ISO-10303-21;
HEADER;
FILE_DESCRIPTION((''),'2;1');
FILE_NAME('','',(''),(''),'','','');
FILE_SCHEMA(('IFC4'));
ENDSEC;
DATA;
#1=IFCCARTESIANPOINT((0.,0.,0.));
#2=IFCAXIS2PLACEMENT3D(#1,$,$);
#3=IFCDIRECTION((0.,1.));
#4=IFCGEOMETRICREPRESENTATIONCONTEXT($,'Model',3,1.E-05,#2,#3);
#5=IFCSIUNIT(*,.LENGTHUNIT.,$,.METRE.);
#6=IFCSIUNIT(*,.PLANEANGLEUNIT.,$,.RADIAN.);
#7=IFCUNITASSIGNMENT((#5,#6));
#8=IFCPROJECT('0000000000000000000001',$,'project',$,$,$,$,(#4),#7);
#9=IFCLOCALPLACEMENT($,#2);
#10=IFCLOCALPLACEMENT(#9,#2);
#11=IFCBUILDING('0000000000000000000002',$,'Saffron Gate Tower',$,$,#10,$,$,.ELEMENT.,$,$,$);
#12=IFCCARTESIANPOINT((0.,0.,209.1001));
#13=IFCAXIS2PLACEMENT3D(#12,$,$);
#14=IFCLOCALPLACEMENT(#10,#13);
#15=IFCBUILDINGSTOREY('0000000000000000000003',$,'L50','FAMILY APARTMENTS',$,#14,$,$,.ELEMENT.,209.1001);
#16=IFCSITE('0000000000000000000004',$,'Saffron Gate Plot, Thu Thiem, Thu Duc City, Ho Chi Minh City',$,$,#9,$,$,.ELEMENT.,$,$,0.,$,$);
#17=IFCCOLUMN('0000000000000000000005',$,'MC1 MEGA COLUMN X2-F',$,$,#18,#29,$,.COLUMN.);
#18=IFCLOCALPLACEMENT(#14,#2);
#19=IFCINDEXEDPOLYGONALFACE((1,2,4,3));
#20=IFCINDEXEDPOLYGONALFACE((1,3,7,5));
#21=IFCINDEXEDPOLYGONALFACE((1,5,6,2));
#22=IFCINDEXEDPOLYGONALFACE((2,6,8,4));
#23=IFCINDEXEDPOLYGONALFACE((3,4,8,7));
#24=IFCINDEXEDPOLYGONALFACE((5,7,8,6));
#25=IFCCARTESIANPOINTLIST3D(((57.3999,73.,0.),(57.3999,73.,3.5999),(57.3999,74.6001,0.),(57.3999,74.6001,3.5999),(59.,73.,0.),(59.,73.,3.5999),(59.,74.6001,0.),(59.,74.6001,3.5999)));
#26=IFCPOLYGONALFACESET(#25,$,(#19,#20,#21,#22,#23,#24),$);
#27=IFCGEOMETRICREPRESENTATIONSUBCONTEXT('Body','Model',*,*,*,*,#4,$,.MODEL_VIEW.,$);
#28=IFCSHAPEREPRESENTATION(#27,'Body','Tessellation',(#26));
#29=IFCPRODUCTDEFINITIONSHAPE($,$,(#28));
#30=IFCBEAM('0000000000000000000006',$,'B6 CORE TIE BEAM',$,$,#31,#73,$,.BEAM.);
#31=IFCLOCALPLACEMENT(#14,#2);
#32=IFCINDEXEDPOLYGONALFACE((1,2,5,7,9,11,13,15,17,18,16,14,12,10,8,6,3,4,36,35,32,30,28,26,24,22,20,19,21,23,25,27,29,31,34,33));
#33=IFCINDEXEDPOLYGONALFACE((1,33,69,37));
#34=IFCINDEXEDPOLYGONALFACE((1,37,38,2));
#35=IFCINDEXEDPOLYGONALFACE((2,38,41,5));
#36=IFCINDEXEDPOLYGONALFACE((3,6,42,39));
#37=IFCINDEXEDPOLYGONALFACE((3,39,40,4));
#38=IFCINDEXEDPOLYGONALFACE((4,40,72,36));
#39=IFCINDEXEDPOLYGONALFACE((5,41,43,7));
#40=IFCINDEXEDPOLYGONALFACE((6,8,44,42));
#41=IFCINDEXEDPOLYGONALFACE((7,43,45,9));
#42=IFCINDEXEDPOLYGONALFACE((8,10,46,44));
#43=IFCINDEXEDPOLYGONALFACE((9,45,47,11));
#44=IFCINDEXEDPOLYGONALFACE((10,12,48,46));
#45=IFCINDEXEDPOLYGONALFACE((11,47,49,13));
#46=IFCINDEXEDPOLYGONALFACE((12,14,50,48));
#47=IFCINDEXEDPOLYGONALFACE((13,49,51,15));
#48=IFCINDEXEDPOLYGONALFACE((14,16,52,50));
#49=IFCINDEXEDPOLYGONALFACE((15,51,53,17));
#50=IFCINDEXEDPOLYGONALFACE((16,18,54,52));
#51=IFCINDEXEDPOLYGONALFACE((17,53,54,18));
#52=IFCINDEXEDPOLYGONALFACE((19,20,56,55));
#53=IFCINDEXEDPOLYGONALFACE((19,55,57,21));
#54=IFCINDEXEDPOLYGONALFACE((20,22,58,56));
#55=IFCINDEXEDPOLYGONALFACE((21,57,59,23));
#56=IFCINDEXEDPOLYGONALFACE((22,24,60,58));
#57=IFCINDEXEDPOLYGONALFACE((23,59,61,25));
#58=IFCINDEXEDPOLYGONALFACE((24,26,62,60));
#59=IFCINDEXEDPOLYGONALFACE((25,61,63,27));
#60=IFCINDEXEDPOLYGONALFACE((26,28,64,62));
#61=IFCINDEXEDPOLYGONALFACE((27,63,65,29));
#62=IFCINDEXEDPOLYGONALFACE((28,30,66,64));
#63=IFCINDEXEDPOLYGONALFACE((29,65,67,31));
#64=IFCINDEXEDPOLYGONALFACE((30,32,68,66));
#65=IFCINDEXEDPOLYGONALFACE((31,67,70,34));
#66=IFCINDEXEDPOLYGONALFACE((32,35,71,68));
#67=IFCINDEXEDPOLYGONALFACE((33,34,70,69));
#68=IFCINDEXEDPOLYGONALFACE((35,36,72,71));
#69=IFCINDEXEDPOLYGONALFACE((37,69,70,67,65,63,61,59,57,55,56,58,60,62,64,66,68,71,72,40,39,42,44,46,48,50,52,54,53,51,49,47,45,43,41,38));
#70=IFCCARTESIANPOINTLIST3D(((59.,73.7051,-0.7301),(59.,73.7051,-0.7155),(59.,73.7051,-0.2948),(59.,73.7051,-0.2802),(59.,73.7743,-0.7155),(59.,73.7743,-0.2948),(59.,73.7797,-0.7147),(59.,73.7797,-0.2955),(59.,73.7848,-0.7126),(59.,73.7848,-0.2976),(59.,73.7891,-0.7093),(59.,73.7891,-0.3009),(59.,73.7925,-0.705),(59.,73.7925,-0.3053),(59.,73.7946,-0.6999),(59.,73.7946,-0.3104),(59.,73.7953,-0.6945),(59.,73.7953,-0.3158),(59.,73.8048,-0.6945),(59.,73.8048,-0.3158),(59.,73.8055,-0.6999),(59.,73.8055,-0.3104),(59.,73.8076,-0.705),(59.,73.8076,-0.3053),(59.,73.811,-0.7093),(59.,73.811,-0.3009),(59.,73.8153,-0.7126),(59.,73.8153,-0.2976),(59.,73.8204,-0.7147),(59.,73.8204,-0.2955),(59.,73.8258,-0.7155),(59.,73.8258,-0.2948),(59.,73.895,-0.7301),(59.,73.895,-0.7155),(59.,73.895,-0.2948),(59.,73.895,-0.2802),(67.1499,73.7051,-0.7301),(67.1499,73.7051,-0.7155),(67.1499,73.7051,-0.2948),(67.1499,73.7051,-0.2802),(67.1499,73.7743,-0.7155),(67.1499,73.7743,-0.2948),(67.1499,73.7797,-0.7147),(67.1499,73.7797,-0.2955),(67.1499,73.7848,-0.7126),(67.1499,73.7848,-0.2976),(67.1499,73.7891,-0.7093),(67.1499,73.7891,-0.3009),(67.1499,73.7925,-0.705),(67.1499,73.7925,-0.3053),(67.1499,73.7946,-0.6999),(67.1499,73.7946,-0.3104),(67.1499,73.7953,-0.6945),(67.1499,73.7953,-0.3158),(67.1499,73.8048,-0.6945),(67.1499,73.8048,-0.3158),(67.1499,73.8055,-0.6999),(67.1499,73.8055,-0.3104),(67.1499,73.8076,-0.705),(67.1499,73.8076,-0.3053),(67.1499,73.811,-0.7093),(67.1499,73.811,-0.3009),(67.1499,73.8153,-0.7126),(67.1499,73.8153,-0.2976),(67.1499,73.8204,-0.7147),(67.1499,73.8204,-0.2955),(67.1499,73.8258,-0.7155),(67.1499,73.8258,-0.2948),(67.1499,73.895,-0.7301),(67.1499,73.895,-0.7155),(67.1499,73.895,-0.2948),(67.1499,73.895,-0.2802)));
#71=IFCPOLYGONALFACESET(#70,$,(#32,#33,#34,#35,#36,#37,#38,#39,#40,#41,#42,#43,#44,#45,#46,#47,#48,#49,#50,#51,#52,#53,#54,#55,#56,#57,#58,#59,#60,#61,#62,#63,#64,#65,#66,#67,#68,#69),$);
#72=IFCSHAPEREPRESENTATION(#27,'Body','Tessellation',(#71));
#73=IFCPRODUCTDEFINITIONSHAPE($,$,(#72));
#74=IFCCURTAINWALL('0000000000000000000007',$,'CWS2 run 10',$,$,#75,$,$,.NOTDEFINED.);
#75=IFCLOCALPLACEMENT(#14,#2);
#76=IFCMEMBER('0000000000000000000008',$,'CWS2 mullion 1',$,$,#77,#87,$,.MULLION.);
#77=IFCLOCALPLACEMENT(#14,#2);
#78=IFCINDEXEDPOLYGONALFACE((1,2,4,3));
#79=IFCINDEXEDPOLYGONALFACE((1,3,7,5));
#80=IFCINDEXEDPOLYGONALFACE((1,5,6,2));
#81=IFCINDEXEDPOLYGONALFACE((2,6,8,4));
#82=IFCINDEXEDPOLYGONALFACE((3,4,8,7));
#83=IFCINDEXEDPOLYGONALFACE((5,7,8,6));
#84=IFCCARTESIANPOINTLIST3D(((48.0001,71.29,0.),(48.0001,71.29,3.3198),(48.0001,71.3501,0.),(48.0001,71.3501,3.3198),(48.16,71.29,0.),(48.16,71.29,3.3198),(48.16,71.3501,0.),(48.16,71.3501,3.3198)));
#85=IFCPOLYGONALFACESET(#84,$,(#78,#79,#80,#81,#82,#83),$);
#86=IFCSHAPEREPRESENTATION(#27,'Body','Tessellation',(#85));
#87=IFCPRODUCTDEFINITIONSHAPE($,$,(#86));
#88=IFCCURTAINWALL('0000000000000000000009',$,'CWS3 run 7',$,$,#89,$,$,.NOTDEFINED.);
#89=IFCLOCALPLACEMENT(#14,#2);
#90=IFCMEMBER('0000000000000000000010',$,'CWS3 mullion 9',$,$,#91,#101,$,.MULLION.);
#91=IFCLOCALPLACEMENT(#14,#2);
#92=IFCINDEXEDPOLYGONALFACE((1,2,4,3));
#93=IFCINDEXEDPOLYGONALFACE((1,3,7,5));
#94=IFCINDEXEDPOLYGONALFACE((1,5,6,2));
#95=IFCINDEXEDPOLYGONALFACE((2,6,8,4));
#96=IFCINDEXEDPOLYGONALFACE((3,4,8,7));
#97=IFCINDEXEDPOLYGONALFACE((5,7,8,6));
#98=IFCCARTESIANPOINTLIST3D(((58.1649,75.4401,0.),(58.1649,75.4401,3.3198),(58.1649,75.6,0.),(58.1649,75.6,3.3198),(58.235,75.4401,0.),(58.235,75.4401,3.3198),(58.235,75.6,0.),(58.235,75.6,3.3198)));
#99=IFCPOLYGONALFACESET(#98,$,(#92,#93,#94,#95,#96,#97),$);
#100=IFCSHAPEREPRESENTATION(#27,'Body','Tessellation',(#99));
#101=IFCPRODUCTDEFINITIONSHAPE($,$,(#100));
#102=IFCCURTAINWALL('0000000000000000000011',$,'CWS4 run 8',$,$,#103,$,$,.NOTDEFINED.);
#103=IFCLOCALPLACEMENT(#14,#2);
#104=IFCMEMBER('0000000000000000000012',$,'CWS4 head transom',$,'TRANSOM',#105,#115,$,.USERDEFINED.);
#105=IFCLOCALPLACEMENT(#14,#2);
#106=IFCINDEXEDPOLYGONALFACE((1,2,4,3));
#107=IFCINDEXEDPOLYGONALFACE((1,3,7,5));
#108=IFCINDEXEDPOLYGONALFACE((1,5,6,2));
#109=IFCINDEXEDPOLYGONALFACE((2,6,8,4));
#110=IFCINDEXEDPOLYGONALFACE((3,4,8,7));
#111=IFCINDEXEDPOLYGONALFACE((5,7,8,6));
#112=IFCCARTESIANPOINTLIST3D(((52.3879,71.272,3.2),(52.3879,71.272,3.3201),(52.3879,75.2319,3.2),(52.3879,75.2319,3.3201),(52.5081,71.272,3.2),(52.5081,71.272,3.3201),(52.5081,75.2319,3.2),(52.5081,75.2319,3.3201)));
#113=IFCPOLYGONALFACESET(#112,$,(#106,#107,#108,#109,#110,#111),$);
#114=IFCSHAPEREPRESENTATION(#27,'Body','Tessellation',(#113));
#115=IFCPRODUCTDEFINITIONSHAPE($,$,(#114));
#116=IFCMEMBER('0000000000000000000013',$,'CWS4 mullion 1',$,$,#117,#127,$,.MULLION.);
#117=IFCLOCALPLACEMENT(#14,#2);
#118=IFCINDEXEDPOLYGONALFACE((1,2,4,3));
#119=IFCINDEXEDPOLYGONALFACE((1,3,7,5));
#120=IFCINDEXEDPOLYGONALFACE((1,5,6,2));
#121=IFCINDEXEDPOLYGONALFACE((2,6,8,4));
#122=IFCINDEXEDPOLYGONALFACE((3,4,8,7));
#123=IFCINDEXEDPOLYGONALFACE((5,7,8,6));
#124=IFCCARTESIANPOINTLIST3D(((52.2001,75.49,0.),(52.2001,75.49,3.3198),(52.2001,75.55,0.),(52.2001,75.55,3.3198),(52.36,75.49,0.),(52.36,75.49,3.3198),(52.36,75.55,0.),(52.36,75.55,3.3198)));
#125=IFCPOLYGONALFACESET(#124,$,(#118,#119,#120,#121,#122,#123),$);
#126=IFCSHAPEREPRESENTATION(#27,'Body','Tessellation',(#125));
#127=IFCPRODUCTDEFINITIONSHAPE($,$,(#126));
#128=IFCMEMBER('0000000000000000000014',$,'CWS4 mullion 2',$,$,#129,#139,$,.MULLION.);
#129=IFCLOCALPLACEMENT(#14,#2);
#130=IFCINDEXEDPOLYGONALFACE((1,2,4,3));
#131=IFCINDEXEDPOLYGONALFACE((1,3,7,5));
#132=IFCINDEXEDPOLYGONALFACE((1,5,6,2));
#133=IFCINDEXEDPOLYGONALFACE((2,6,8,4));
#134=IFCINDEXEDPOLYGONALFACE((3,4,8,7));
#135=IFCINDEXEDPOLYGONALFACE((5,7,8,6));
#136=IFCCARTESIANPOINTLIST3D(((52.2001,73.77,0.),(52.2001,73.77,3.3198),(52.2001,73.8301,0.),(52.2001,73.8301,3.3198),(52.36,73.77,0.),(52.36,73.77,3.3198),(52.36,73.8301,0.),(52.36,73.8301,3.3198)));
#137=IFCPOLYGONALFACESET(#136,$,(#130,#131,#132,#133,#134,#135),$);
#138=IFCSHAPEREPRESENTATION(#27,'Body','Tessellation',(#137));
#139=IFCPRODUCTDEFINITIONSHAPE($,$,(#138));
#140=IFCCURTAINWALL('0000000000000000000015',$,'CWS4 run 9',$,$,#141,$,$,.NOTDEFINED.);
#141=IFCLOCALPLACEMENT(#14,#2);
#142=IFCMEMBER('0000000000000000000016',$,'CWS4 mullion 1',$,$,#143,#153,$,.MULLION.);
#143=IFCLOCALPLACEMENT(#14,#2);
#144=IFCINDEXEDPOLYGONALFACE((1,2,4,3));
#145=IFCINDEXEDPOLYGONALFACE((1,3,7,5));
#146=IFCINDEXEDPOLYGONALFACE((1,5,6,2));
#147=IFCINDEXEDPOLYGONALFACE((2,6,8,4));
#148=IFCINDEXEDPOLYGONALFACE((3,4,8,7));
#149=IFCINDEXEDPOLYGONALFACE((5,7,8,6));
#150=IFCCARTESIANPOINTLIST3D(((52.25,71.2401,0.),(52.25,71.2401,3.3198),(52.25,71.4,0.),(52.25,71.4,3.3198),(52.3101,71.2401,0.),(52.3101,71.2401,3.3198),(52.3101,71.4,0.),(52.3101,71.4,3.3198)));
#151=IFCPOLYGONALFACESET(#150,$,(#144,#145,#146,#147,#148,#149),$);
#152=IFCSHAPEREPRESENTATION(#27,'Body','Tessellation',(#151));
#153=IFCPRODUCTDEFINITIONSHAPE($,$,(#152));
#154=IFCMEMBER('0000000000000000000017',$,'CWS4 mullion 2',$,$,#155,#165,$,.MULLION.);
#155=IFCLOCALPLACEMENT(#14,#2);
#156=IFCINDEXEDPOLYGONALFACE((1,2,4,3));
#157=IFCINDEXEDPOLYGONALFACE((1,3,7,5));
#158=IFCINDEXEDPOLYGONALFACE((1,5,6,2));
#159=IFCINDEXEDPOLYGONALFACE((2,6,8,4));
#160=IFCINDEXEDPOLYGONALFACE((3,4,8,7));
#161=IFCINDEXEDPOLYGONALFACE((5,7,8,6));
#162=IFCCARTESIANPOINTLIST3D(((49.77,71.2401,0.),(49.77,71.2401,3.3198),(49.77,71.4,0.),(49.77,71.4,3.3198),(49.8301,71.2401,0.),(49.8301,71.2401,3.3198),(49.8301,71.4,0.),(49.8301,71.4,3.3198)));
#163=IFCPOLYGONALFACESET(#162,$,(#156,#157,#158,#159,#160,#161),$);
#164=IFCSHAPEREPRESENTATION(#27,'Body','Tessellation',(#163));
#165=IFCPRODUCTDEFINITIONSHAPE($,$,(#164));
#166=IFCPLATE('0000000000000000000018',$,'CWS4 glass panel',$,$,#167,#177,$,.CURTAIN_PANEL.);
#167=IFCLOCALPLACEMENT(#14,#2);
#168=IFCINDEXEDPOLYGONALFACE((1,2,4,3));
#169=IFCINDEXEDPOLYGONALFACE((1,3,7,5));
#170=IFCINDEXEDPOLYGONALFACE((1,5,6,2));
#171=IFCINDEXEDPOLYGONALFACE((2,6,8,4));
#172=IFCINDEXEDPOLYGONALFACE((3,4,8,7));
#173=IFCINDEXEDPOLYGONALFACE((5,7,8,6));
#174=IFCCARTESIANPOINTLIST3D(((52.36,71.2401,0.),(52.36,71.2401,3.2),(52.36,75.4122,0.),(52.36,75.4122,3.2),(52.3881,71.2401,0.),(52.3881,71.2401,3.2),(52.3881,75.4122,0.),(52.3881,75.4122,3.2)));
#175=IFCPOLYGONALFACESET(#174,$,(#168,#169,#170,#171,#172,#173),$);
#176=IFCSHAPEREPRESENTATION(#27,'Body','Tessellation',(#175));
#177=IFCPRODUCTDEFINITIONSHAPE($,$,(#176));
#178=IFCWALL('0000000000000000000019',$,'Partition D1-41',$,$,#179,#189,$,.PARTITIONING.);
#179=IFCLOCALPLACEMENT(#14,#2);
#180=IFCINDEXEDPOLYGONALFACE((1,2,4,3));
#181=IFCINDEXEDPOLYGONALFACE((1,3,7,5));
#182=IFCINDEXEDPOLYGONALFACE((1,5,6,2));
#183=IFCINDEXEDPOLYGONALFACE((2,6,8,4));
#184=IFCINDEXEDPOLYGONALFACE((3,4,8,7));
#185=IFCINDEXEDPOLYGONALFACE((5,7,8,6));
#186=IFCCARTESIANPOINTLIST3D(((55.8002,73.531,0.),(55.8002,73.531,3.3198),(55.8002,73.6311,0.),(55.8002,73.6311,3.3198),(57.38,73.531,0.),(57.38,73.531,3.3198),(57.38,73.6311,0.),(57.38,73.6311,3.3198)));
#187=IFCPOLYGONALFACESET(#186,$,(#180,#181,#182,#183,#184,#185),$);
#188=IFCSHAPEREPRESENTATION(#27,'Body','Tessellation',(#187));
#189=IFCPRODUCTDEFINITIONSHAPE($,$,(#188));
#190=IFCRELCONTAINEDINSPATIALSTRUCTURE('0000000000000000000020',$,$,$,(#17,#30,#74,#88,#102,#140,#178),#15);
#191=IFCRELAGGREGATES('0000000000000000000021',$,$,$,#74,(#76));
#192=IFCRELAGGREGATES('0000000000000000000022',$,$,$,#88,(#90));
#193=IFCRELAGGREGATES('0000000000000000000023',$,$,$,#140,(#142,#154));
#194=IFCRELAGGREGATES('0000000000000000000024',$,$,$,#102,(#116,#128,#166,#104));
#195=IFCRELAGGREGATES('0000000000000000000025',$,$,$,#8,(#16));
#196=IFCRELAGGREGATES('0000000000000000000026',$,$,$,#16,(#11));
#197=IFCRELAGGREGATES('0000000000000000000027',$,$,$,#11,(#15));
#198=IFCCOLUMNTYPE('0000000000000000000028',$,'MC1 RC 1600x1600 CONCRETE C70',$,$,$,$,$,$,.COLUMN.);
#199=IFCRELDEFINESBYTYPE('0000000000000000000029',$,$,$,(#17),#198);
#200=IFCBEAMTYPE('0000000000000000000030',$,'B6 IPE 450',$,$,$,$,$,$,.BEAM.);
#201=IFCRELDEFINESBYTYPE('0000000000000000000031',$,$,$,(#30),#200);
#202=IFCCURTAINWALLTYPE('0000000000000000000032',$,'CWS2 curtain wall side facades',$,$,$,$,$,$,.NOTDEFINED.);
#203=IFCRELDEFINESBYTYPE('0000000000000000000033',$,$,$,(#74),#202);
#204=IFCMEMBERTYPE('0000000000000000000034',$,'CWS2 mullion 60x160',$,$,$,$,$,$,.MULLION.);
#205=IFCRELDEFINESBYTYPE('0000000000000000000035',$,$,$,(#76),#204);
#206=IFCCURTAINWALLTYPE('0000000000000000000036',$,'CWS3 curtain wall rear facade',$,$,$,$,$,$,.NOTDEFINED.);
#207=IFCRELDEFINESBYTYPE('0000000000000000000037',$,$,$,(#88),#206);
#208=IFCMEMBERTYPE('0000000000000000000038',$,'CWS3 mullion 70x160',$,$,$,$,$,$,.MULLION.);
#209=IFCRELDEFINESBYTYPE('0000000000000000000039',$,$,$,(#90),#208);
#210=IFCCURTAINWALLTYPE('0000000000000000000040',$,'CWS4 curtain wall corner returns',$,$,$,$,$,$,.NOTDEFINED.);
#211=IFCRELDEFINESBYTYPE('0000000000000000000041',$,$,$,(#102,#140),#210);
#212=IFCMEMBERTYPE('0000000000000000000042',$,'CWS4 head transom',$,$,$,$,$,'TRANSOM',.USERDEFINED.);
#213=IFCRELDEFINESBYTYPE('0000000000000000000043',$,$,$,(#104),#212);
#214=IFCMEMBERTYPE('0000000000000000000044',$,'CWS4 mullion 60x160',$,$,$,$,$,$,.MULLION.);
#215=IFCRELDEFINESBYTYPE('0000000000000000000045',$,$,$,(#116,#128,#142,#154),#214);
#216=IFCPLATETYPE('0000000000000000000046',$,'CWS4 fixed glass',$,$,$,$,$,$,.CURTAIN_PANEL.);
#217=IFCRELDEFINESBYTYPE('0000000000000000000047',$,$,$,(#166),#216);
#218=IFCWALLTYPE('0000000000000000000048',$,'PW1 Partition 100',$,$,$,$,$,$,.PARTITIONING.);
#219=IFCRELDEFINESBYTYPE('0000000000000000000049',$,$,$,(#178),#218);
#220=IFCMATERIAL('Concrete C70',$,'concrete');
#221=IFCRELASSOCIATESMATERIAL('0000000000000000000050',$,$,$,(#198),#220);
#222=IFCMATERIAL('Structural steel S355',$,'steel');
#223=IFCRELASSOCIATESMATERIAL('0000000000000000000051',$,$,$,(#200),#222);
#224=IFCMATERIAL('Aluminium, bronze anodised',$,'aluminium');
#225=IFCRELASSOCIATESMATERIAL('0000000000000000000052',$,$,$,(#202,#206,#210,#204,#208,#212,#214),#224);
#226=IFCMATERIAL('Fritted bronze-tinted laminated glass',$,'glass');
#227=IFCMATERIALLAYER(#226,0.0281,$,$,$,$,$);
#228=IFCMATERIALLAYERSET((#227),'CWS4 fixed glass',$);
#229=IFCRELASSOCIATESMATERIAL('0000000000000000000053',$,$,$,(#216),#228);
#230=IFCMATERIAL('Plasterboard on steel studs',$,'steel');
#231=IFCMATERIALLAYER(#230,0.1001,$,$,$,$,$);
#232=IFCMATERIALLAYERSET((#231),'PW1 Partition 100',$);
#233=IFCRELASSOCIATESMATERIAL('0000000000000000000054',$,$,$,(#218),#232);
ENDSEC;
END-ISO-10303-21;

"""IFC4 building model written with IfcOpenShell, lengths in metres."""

from ifc_helpers import new_model, si_unit, direction, frame, frame_2d, origin, origin_2d, place, context, subcontext, project, spatial, rectangle, i_section, extrude, material, layer, layer_set, material_profile, profile_set, type_object, element, aggregate, save


model = new_model("IFC4")

# Units and contexts
model_context = context("Model", 3, precision=1e-05, world=origin(), true_north=direction((0.0, 1.0)))
body_context = subcontext(model_context, "Body", "Model", "MODEL_VIEW")
ifc_project = project(units=[si_unit("LENGTHUNIT", "METRE"), si_unit("PLANEANGLEUNIT", "RADIAN")], contexts=[model_context])

# Site, building, storey
site_placement = place(None, origin())
site = spatial("IfcSite", under=ifc_project, at=site_placement, Name="Saffron Gate Plot, Thu Thiem, Thu Duc City, Ho Chi Minh City", CompositionType="ELEMENT", RefElevation=0.0)
building_placement = place(site_placement, origin())
building = spatial("IfcBuilding", under=site, at=building_placement, Name="Saffron Gate Tower", CompositionType="ELEMENT")
storey_placement = place(building_placement, frame((0.0, 0.0, 209.1001)))
storey = spatial("IfcBuildingStorey", under=building, at=storey_placement, Name="L50", Description="FAMILY APARTMENTS", CompositionType="ELEMENT", Elevation=209.1001)

# Column
ifc_material_1 = material(Name="Concrete C70", Category="concrete")
ifc_material_profile_1 = material_profile(ifc_material_1, rectangle(XDim=1.6001, YDim=1.6001, at=origin_2d()))
ifc_profile_set_1 = profile_set([ifc_material_profile_1], Name="Concrete C70")
column_type = type_object("IfcColumnType", Name="MC1 RC 1600x1600 CONCRETE C70", PredefinedType="COLUMN", material=ifc_profile_set_1)
column_placement = place(storey_placement, frame((58.2, 73.8, 0.0), z_axis=(0.0, 0.0, 1.0), x_axis=(1.0, 0.0, 0.0)))
element("IfcColumn", 1, at=column_placement, inside=storey, type_object=column_type, Name="MC1 MEGA COLUMN X2-F", PredefinedType="COLUMN", context=body_context, shape_type="SweptSolid", body=[
    extrude(rectangle(XDim=1.6001, YDim=1.6001, at=origin_2d()), origin(), (0.0, 0.0, 1.0), 3.5999),
])

# Beam
ifc_material_2 = material(Name="Structural steel S355", Category="steel")
ifc_material_profile_2 = material_profile(ifc_material_2, i_section(OverallWidth=0.1899, OverallDepth=0.45, WebThickness=0.0095, FlangeThickness=0.0146, FilletRadius=0.021, at=origin_2d()))
ifc_profile_set_2 = profile_set([ifc_material_profile_2], Name="Structural steel S355")
beam_type = type_object("IfcBeamType", Name="B6 IPE 450", PredefinedType="BEAM", material=ifc_profile_set_2)
beam_placement = place(storey_placement, frame((59.0, 73.8, -0.5051), z_axis=(1.0, 0.0, 0.0), x_axis=(0.0, 1.0, 0.0)))
element("IfcBeam", 2, at=beam_placement, inside=storey, type_object=beam_type, Name="B6 CORE TIE BEAM", PredefinedType="BEAM", context=body_context, shape_type="SweptSolid", body=[
    extrude(i_section(OverallWidth=0.1899, OverallDepth=0.45, WebThickness=0.0095, FlangeThickness=0.0146, FilletRadius=0.021, at=origin_2d()), origin(), (0.0, 0.0, 1.0), 8.1499),
])

# Curtain walls, members
ifc_material_3 = material(Name="Aluminium, bronze anodised", Category="aluminium")
curtain_wall_type_1 = type_object("IfcCurtainWallType", Name="CWS2 curtain wall side facades", PredefinedType="NOTDEFINED", material=ifc_material_3)
curtain_wall_1_placement = place(storey_placement, origin())
curtain_wall_1 = element("IfcCurtainWall", 3, at=curtain_wall_1_placement, inside=storey, type_object=curtain_wall_type_1, Name="CWS2 run 10", PredefinedType="NOTDEFINED")
ifc_material_profile_3 = material_profile(ifc_material_3, rectangle(XDim=0.1599, YDim=0.0601, at=origin_2d()))
ifc_profile_set_3 = profile_set([ifc_material_profile_3], Name="Aluminium, bronze anodised")
member_type_1 = type_object("IfcMemberType", Name="CWS2 mullion 60x160", PredefinedType="MULLION", material=ifc_profile_set_3)
member_1_placement = place(storey_placement, frame((48.0801, 71.3201, 0.0), z_axis=(0.0, 0.0, 1.0), x_axis=(1.0, 0.0, 0.0)))
member_1 = element("IfcMember", 4, at=member_1_placement, type_object=member_type_1, Name="CWS2 mullion 1", PredefinedType="MULLION", context=body_context, shape_type="SweptSolid", body=[
    extrude(rectangle(XDim=0.1599, YDim=0.0601, at=origin_2d()), origin(), (0.0, 0.0, 1.0), 3.3198),
])
aggregate(curtain_wall_1, [member_1])
curtain_wall_type_2 = type_object("IfcCurtainWallType", Name="CWS3 curtain wall rear facade", PredefinedType="NOTDEFINED", material=ifc_material_3)
curtain_wall_2_placement = place(storey_placement, origin())
curtain_wall_2 = element("IfcCurtainWall", 5, at=curtain_wall_2_placement, inside=storey, type_object=curtain_wall_type_2, Name="CWS3 run 7", PredefinedType="NOTDEFINED")
ifc_material_profile_4 = material_profile(ifc_material_3, rectangle(XDim=0.1599, YDim=0.0701, at=origin_2d()))
ifc_profile_set_4 = profile_set([ifc_material_profile_4], Name="Aluminium, bronze anodised")
member_type_2 = type_object("IfcMemberType", Name="CWS3 mullion 70x160", PredefinedType="MULLION", material=ifc_profile_set_4)
member_2_placement = place(storey_placement, frame((58.2, 75.52, 0.0), z_axis=(0.0, 0.0, 1.0), x_axis=(0.0, -1.0, 0.0)))
member_2 = element("IfcMember", 6, at=member_2_placement, type_object=member_type_2, Name="CWS3 mullion 9", PredefinedType="MULLION", context=body_context, shape_type="SweptSolid", body=[
    extrude(rectangle(XDim=0.1599, YDim=0.0701, at=origin_2d()), origin(), (0.0, 0.0, 1.0), 3.3198),
])
aggregate(curtain_wall_2, [member_2])

# Curtain walls, members
curtain_wall_type_3 = type_object("IfcCurtainWallType", Name="CWS4 curtain wall corner returns", PredefinedType="NOTDEFINED", material=ifc_material_3)
curtain_wall_3_placement = place(storey_placement, origin())
curtain_wall_3 = element("IfcCurtainWall", 7, at=curtain_wall_3_placement, inside=storey, type_object=curtain_wall_type_3, Name="CWS4 run 8", PredefinedType="NOTDEFINED")
ifc_material_profile_5 = material_profile(ifc_material_3, rectangle(XDim=0.1201, YDim=0.1201, at=origin_2d()))
ifc_profile_set_5 = profile_set([ifc_material_profile_5], Name="Aluminium, bronze anodised")
member_type_3 = type_object("IfcMemberType", Name="CWS4 head transom", ElementType="TRANSOM", PredefinedType="USERDEFINED", material=ifc_profile_set_5)
member_3_placement = place(storey_placement, frame((52.448, 75.2319, 3.26), z_axis=(0.0, -1.0, 0.0), x_axis=(1.0, 0.0, 0.0)))
member_3 = element("IfcMember", 8, at=member_3_placement, type_object=member_type_3, Name="CWS4 head transom", ObjectType="TRANSOM", PredefinedType="USERDEFINED", context=body_context, shape_type="SweptSolid", body=[
    extrude(rectangle(XDim=0.1201, YDim=0.1201, at=origin_2d()), origin(), (0.0, 0.0, 1.0), 3.96),
])
ifc_material_profile_6 = material_profile(ifc_material_3, rectangle(XDim=0.1599, YDim=0.0601, at=origin_2d()))
ifc_profile_set_6 = profile_set([ifc_material_profile_6], Name="Aluminium, bronze anodised")
member_type_4 = type_object("IfcMemberType", Name="CWS4 mullion 60x160", PredefinedType="MULLION", material=ifc_profile_set_6)
member_4_placement = place(storey_placement, frame((52.28, 75.52, 0.0), z_axis=(0.0, 0.0, 1.0), x_axis=(1.0, 0.0, 0.0)))
member_4 = element("IfcMember", 9, at=member_4_placement, type_object=member_type_4, Name="CWS4 mullion 1", PredefinedType="MULLION", context=body_context, shape_type="SweptSolid", body=[
    extrude(rectangle(XDim=0.1599, YDim=0.0601, at=origin_2d()), origin(), (0.0, 0.0, 1.0), 3.3198),
])
member_5_placement = place(storey_placement, frame((52.28, 73.8, 0.0), z_axis=(0.0, 0.0, 1.0), x_axis=(1.0, 0.0, 0.0)))
member_5 = element("IfcMember", 10, at=member_5_placement, type_object=member_type_4, Name="CWS4 mullion 2", PredefinedType="MULLION", context=body_context, shape_type="SweptSolid", body=[
    extrude(rectangle(XDim=0.1599, YDim=0.0601, at=origin_2d()), origin(), (0.0, 0.0, 1.0), 3.3198),
])
curtain_wall_4_placement = place(storey_placement, origin())
curtain_wall_4 = element("IfcCurtainWall", 11, at=curtain_wall_4_placement, inside=storey, type_object=curtain_wall_type_3, Name="CWS4 run 9", PredefinedType="NOTDEFINED")
member_6_placement = place(storey_placement, frame((52.28, 71.3201, 0.0), z_axis=(0.0, 0.0, 1.0), x_axis=(0.0, -1.0, 0.0)))
member_6 = element("IfcMember", 12, at=member_6_placement, type_object=member_type_4, Name="CWS4 mullion 1", PredefinedType="MULLION", context=body_context, shape_type="SweptSolid", body=[
    extrude(rectangle(XDim=0.1599, YDim=0.0601, at=origin_2d()), origin(), (0.0, 0.0, 1.0), 3.3198),
])
member_7_placement = place(storey_placement, frame((49.8, 71.3201, 0.0), z_axis=(0.0, 0.0, 1.0), x_axis=(0.0, -1.0, 0.0)))
member_7 = element("IfcMember", 13, at=member_7_placement, type_object=member_type_4, Name="CWS4 mullion 2", PredefinedType="MULLION", context=body_context, shape_type="SweptSolid", body=[
    extrude(rectangle(XDim=0.1599, YDim=0.0601, at=origin_2d()), origin(), (0.0, 0.0, 1.0), 3.3198),
])
aggregate(curtain_wall_4, [member_6, member_7])

# Plate
ifc_material_4 = material(Name="Fritted bronze-tinted laminated glass", Category="glass")
ifc_layer_1 = layer(ifc_material_4, 0.0281)
ifc_layer_set_1 = layer_set([ifc_layer_1], Name="CWS4 fixed glass")
plate_type = type_object("IfcPlateType", Name="CWS4 fixed glass", PredefinedType="CURTAIN_PANEL", material=ifc_layer_set_1)
plate_placement = place(storey_placement, frame((52.374, 75.4121, 0.0), z_axis=(0.0, 0.0, 1.0), x_axis=(0.0, -1.0, 0.0)))
plate = element("IfcPlate", 14, at=plate_placement, type_object=plate_type, Name="CWS4 glass panel", PredefinedType="CURTAIN_PANEL", context=body_context, shape_type="SweptSolid", body=[
    extrude(rectangle(XDim=4.1721, YDim=0.0281, at=frame_2d((2.0859, 0.0))), origin(), (0.0, 0.0, 1.0), 3.2),
])
aggregate(curtain_wall_3, [member_4, member_5, plate, member_3])

# Wall
ifc_material_5 = material(Name="Plasterboard on steel studs", Category="steel")
ifc_layer_2 = layer(ifc_material_5, 0.1001)
ifc_layer_set_2 = layer_set([ifc_layer_2], Name="PW1 Partition 100")
wall_type = type_object("IfcWallType", Name="PW1 Partition 100", PredefinedType="PARTITIONING", material=ifc_layer_set_2)
wall_1_placement = place(storey_placement, frame((55.8, 73.5811, 0.0), z_axis=(0.0, 0.0, 1.0), x_axis=(1.0, 0.0, 0.0)))
element("IfcWall", 15, at=wall_1_placement, inside=storey, type_object=wall_type, Name="Partition D1-41", PredefinedType="PARTITIONING", context=body_context, shape_type="SweptSolid", body=[
    extrude(rectangle(XDim=1.5798, YDim=0.1001, at=frame_2d((0.79, 0.0))), origin(), (0.0, 0.0, 1.0), 3.3198),
])

save(model, "model.ifc")
